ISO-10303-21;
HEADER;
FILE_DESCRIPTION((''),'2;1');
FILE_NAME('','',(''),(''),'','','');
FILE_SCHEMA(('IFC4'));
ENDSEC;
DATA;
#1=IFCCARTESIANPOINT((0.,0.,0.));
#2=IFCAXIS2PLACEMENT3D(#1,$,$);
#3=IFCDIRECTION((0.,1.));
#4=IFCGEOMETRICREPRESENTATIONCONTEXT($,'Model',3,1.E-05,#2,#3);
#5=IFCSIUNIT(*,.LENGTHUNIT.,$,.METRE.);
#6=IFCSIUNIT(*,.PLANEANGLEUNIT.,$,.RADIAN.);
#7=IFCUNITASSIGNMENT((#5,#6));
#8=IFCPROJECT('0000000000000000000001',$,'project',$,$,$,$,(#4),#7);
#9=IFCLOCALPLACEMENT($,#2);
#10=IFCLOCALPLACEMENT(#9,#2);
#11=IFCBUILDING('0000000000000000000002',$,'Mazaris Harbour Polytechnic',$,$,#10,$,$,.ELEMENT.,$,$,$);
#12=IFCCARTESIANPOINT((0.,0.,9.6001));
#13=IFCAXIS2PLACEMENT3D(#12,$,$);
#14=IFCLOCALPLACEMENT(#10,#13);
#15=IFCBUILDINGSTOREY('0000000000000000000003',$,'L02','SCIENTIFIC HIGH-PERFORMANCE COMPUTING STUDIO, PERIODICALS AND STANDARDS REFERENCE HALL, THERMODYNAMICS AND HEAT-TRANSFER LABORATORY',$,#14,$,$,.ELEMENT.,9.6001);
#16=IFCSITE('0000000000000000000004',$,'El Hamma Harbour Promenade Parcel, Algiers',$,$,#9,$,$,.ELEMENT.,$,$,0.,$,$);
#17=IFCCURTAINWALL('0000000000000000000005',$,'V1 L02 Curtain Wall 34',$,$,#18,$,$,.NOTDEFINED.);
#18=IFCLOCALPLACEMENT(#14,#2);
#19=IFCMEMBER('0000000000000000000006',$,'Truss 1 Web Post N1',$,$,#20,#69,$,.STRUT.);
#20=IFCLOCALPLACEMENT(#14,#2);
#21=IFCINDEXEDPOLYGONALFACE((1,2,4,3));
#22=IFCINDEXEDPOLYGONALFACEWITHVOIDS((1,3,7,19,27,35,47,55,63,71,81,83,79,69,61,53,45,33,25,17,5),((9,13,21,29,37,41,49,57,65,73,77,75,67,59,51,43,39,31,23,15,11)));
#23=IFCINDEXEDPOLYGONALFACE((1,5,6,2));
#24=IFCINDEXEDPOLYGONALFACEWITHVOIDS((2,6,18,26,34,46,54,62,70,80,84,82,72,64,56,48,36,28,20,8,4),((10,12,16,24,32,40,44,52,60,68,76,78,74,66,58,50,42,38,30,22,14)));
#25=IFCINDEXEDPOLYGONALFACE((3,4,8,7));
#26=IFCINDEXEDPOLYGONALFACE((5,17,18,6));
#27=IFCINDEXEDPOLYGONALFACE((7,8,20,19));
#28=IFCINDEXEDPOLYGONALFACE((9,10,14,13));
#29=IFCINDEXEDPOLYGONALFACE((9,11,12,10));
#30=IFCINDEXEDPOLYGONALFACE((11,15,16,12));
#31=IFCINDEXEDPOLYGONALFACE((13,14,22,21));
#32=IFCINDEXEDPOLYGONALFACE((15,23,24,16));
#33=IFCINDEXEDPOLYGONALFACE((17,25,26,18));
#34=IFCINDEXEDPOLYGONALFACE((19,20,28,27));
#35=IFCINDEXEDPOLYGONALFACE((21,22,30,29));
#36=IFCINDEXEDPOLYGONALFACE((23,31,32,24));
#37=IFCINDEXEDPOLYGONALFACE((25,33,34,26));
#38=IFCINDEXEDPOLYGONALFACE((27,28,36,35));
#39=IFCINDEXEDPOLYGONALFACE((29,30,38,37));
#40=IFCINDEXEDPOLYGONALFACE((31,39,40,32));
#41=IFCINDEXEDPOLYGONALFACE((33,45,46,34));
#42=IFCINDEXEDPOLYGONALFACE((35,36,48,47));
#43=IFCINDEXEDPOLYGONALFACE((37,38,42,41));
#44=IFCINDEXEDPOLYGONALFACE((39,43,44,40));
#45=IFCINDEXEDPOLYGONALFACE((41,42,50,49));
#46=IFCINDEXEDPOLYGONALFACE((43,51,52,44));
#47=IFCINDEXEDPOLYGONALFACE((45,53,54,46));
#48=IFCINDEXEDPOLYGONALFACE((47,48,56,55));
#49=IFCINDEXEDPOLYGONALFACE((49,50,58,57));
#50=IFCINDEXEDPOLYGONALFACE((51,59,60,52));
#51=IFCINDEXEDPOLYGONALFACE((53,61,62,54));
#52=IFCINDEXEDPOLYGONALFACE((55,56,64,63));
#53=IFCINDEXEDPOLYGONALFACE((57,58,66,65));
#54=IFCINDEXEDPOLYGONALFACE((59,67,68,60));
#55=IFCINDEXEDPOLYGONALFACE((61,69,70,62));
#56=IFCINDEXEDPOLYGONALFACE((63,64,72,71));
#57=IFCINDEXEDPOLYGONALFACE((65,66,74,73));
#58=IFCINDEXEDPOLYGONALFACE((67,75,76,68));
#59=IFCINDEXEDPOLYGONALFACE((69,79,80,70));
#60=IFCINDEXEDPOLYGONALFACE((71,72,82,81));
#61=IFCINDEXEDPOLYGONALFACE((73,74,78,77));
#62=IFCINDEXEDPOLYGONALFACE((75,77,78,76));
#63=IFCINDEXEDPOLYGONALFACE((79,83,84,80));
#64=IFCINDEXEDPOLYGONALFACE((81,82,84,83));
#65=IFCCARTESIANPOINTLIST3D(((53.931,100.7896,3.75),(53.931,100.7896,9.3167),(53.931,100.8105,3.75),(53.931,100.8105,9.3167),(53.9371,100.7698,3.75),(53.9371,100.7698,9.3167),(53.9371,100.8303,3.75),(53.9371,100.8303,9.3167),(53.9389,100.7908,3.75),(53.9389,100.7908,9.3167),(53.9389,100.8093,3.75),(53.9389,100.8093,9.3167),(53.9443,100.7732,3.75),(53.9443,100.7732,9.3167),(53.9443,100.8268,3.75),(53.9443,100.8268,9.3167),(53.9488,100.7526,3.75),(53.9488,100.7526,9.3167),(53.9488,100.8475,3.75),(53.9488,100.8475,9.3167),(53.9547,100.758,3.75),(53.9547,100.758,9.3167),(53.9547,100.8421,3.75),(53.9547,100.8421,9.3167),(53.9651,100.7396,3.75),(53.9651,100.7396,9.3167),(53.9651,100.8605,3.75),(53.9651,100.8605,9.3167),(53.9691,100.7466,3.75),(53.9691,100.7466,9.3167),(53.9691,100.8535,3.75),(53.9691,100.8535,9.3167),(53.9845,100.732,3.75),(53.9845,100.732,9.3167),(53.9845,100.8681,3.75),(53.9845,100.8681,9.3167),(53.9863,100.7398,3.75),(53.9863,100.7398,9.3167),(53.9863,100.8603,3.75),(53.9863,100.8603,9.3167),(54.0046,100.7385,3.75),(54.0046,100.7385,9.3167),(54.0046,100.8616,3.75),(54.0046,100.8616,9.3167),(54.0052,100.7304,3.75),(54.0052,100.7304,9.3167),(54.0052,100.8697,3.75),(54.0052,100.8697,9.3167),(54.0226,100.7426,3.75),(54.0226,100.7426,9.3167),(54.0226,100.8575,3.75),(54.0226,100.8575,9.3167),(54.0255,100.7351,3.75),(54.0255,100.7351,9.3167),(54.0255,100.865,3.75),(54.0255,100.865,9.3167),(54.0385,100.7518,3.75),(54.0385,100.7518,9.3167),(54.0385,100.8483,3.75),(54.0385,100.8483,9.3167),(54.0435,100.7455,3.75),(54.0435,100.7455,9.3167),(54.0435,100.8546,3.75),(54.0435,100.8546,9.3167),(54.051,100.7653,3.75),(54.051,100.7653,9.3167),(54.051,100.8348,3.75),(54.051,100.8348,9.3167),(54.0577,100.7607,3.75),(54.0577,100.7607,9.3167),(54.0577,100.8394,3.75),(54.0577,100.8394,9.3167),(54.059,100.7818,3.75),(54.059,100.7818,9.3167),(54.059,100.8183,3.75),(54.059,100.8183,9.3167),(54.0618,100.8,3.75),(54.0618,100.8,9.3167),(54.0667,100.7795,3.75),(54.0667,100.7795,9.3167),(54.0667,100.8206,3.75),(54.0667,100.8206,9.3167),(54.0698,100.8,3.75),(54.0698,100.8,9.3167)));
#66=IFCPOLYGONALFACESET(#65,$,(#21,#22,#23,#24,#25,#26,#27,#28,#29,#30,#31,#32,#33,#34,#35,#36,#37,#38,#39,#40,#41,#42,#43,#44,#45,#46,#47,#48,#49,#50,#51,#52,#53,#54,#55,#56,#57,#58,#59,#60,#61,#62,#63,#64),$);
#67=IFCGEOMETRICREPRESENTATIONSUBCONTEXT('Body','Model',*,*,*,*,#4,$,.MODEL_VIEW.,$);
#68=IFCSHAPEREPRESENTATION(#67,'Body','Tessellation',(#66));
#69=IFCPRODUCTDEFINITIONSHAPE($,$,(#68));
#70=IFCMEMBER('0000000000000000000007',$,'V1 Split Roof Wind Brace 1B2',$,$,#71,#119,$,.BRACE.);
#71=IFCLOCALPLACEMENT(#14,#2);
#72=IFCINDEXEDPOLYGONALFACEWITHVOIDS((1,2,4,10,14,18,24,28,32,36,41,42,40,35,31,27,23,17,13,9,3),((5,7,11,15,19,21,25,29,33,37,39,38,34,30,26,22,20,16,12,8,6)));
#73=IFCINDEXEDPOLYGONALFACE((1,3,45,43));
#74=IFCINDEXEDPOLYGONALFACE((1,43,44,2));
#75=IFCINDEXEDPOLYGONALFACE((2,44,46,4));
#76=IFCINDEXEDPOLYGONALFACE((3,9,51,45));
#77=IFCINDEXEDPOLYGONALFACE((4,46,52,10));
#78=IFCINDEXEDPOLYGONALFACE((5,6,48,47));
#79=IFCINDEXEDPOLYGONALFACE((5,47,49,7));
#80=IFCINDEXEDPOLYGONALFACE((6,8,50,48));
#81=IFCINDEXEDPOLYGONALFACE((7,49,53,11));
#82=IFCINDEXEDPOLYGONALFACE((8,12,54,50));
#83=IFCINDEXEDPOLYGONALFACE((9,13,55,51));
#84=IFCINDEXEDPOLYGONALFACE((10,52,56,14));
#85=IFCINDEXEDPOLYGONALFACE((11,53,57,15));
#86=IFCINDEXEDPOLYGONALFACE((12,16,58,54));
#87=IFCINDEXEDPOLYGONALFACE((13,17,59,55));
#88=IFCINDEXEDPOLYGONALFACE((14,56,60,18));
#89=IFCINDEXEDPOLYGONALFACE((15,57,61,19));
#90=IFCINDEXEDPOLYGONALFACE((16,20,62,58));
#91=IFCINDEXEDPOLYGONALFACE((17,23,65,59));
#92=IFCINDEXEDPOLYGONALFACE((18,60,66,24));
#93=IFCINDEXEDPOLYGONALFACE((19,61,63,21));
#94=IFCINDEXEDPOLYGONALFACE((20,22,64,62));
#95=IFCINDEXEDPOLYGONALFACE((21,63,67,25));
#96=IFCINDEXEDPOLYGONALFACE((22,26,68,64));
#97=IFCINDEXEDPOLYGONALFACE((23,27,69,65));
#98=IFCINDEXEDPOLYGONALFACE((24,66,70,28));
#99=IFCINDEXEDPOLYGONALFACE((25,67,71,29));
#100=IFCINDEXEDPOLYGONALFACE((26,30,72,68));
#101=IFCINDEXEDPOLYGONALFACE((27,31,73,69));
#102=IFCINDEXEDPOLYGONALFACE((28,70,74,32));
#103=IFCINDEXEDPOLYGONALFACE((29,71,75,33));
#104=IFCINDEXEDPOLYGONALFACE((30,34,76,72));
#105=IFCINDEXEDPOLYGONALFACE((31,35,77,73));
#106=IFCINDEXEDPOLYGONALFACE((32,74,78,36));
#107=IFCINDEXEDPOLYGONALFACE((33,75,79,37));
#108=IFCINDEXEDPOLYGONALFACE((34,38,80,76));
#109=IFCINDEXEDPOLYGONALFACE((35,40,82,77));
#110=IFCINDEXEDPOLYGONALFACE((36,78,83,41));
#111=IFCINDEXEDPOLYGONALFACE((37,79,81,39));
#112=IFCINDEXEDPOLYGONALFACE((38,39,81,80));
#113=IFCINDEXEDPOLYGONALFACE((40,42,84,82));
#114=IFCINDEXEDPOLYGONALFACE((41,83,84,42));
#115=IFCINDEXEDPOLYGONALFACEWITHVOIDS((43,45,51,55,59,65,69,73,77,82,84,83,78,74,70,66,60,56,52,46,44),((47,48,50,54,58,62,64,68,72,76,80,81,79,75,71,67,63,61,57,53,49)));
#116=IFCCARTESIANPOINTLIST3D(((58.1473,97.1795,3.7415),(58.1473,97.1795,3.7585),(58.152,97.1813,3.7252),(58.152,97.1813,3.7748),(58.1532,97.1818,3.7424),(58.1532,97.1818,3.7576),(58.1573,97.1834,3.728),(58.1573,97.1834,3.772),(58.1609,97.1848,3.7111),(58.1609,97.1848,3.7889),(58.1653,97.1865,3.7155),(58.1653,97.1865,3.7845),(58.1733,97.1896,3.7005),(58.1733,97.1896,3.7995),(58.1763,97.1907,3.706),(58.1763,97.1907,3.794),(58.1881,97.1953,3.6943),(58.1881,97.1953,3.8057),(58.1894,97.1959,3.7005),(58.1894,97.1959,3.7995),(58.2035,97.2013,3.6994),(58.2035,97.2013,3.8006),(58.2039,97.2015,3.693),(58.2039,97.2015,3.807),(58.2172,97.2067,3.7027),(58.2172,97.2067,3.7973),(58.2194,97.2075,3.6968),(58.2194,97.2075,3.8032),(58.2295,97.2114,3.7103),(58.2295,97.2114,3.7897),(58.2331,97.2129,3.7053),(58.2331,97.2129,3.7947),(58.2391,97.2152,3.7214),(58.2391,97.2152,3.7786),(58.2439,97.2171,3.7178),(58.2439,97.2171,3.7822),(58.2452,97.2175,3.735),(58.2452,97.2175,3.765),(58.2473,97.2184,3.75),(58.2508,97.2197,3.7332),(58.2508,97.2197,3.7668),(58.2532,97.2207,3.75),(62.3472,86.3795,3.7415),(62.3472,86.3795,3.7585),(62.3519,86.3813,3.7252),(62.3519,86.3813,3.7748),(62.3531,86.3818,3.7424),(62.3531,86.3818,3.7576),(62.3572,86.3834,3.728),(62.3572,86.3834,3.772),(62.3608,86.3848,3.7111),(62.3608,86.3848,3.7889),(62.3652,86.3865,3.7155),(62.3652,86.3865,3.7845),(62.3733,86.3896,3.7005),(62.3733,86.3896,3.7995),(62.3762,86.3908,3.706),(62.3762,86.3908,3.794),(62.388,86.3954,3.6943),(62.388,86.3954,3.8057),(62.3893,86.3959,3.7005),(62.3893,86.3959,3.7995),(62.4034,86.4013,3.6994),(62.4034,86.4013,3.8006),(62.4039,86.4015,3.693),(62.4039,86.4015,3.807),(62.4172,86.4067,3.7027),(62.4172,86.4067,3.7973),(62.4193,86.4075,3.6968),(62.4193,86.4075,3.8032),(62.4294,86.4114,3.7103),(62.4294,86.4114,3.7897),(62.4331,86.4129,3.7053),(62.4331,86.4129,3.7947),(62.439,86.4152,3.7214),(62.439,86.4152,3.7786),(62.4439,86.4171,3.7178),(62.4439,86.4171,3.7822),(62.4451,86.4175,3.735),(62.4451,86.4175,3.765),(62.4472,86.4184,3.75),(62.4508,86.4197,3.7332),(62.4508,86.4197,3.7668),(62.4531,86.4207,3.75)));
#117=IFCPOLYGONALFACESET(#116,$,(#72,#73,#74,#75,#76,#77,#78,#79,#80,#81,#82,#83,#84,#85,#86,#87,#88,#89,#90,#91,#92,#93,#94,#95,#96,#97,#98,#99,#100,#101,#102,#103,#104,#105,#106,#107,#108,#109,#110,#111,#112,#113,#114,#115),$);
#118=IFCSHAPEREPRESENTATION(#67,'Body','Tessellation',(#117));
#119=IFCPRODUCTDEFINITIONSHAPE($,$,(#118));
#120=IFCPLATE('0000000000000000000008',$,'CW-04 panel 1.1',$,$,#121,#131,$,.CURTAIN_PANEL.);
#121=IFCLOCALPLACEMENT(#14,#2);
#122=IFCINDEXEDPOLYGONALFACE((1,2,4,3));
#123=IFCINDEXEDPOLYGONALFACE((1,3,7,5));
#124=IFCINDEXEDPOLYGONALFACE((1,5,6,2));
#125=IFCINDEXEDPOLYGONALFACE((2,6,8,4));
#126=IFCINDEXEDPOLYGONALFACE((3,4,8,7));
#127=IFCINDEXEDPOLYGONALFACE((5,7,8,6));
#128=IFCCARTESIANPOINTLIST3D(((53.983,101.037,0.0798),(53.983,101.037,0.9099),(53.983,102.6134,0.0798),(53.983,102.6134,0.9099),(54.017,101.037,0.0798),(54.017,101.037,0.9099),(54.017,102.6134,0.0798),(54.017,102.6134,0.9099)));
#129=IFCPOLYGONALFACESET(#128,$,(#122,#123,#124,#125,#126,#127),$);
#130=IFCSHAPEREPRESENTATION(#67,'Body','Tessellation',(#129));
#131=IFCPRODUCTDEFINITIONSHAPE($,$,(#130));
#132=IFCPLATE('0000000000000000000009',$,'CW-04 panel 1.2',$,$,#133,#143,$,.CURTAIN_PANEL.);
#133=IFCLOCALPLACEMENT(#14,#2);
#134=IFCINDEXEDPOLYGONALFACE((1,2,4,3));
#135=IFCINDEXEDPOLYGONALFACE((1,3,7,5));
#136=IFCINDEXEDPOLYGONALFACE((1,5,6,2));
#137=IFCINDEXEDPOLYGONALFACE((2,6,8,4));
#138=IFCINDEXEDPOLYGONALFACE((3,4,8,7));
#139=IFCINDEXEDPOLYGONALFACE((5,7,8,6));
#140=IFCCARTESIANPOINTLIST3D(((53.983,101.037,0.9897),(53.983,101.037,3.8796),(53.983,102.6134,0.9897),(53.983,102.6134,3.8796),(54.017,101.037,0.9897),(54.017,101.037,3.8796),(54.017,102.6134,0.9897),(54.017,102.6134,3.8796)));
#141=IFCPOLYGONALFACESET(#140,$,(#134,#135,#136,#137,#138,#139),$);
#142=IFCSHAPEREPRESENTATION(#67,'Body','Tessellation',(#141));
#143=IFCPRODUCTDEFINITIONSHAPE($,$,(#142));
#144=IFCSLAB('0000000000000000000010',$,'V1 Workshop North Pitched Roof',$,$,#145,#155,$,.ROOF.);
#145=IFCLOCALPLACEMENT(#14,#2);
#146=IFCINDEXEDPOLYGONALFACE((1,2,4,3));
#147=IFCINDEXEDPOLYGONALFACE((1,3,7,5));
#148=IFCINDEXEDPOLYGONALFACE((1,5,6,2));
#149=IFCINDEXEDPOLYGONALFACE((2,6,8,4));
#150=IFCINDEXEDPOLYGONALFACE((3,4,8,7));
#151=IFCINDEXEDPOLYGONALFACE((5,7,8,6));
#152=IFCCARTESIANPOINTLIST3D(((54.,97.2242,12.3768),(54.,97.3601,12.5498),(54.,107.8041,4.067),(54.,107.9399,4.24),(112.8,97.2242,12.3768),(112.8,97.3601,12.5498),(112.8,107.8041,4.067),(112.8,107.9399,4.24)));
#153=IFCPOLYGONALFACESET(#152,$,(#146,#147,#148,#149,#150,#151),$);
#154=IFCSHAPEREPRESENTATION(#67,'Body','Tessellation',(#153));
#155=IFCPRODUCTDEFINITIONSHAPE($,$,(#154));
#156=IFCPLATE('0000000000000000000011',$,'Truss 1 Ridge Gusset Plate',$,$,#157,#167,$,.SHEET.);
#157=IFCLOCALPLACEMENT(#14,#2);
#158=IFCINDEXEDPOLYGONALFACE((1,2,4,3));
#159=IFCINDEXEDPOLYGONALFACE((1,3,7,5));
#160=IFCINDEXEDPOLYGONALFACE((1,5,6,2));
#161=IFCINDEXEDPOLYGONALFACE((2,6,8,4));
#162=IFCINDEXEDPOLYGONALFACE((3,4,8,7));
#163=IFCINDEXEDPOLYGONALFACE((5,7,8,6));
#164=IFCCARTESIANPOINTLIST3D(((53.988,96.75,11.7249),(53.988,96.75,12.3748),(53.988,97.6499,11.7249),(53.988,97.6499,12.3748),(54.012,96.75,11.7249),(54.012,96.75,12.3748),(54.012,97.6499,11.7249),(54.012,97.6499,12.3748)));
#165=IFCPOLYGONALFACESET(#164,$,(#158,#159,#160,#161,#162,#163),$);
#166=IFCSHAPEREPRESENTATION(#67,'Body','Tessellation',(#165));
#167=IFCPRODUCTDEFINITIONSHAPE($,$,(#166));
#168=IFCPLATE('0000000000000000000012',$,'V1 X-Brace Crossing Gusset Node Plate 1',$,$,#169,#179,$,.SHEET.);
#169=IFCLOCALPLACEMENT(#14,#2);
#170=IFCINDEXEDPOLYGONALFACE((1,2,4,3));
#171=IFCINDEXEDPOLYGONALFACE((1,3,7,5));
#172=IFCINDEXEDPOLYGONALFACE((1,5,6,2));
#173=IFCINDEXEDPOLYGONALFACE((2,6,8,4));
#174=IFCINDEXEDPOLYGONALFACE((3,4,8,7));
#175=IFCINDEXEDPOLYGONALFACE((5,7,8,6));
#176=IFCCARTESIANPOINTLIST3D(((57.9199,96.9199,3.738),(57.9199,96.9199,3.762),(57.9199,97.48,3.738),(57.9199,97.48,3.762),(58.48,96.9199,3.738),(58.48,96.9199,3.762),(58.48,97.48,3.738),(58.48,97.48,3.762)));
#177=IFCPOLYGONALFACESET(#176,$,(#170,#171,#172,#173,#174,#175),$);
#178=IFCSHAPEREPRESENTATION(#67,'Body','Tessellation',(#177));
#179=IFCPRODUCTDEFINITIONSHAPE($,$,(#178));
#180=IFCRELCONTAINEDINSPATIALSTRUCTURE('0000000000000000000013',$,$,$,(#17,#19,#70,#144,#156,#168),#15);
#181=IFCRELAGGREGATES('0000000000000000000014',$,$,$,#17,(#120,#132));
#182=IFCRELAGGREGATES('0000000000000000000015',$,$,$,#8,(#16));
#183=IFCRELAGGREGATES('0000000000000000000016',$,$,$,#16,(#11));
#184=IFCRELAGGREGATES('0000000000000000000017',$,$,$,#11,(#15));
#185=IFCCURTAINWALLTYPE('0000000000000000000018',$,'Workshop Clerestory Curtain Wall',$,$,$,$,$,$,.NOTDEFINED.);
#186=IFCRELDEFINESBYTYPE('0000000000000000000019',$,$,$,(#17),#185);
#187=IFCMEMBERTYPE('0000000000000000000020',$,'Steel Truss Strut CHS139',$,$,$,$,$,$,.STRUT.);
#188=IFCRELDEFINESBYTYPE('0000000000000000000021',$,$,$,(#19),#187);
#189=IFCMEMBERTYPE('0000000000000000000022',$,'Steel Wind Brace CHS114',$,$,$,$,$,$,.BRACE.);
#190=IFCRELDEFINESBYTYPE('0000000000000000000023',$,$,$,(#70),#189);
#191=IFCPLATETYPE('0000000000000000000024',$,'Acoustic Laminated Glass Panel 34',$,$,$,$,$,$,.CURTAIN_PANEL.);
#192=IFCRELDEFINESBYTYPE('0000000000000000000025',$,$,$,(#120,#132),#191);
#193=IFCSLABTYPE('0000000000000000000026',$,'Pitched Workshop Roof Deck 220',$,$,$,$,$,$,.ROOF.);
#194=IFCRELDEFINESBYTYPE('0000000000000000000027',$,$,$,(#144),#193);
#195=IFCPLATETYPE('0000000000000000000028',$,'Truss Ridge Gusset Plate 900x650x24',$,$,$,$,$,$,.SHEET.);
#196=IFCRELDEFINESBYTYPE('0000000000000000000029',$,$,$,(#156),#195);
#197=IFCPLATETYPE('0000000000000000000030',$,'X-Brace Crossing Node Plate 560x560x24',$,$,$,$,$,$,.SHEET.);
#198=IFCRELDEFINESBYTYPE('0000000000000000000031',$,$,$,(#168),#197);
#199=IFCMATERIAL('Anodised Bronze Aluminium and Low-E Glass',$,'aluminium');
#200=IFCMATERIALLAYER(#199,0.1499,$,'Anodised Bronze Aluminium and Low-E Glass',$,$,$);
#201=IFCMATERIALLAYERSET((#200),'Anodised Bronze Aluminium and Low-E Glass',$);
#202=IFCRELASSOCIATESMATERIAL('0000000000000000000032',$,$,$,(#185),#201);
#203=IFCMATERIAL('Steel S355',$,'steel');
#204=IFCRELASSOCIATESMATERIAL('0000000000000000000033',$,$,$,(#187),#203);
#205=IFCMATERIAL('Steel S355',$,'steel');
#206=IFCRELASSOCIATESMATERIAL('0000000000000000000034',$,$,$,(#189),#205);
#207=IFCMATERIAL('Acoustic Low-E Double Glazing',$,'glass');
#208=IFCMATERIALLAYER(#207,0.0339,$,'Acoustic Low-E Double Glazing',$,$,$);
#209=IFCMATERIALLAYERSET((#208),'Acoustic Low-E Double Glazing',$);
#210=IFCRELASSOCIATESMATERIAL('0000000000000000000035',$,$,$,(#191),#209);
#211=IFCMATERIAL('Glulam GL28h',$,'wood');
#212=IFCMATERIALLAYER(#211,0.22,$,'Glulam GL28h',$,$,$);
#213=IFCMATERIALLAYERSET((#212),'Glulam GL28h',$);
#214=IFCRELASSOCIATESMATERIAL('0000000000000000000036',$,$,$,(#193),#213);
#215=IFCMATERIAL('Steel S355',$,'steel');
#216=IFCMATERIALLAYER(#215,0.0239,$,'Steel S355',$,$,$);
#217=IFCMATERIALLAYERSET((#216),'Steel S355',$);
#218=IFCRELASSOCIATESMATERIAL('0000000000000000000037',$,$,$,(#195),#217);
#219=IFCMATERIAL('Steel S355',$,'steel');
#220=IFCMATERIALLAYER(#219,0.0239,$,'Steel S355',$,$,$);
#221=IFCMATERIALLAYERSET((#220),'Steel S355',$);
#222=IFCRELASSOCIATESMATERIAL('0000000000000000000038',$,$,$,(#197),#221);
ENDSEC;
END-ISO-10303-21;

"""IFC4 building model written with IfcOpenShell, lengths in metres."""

from ifc_helpers import new_model, si_unit, direction, frame, origin, origin_2d, place, context, subcontext, project, spatial, polyline, rectangle, hollow_circle, outline, extrude, material, layer, layer_set, material_profile, profile_set, type_object, element, aggregate, save


model = new_model("IFC4")

# Units and contexts
model_context = context("Model", 3, precision=1e-05, world=origin(), true_north=direction((0.0, 1.0)))
body_context = subcontext(model_context, "Body", "Model", "MODEL_VIEW")
ifc_project = project(units=[si_unit("LENGTHUNIT", "METRE"), si_unit("PLANEANGLEUNIT", "RADIAN")], contexts=[model_context])

# Site, building, storey
site_placement = place(None, origin())
site = spatial("IfcSite", under=ifc_project, at=site_placement, Name="El Hamma Harbour Promenade Parcel, Algiers", CompositionType="ELEMENT", RefElevation=0.0)
building_placement = place(site_placement, origin())
building = spatial("IfcBuilding", under=site, at=building_placement, Name="Mazaris Harbour Polytechnic", CompositionType="ELEMENT")
storey_placement = place(building_placement, frame((0.0, 0.0, 9.6001)))
storey = spatial("IfcBuildingStorey", under=building, at=storey_placement, Name="L02", Description="SCIENTIFIC HIGH-PERFORMANCE COMPUTING STUDIO, PERIODICALS AND STANDARDS REFERENCE HALL, THERMODYNAMICS AND HEAT-TRANSFER LABORATORY", CompositionType="ELEMENT", Elevation=9.6001)

# Curtain wall
ifc_material_1 = material(Name="Anodised Bronze Aluminium and Low-E Glass", Category="aluminium")
ifc_layer_1 = layer(ifc_material_1, 0.1499, Name="Anodised Bronze Aluminium and Low-E Glass")
ifc_layer_set_1 = layer_set([ifc_layer_1], Name="Anodised Bronze Aluminium and Low-E Glass")
curtain_wall_type = type_object("IfcCurtainWallType", Name="Workshop Clerestory Curtain Wall", PredefinedType="NOTDEFINED", material=ifc_layer_set_1)
curtain_wall_placement = place(storey_placement, origin())
curtain_wall = element("IfcCurtainWall", 1, at=curtain_wall_placement, inside=storey, type_object=curtain_wall_type, Name="V1 L02 Curtain Wall 34", PredefinedType="NOTDEFINED")

# Members
ifc_material_2 = material(Name="Steel S355", Category="steel")
ifc_material_profile_1 = material_profile(ifc_material_2, hollow_circle(Radius=0.0698, WallThickness=0.0081, at=origin_2d()), Name="CHS 139.7x8.0")
ifc_profile_set_1 = profile_set([ifc_material_profile_1], Name="Steel S355")
member_type_1 = type_object("IfcMemberType", Name="Steel Truss Strut CHS139", PredefinedType="STRUT", material=ifc_profile_set_1)
member_1_placement = place(storey_placement, frame((54.0, 100.8, 3.75), z_axis=(0.0, 0.0, 1.0), x_axis=(1.0, 0.0, 0.0)))
element("IfcMember", 2, at=member_1_placement, inside=storey, type_object=member_type_1, Name="Truss 1 Web Post N1", PredefinedType="STRUT", context=body_context, shape_type="SweptSolid", body=[
    extrude(hollow_circle(Radius=0.0698, WallThickness=0.0081, at=origin_2d()), origin(), (0.0, 0.0, 1.0), 5.5667),
])
ifc_material_3 = material(Name="Steel S355", Category="steel")
ifc_material_profile_2 = material_profile(ifc_material_3, hollow_circle(Radius=0.0571, WallThickness=0.0063, at=origin_2d()), Name="CHS 114.3x6.3")
ifc_profile_set_2 = profile_set([ifc_material_profile_2], Name="Steel S355")
member_type_2 = type_object("IfcMemberType", Name="Steel Wind Brace CHS114", PredefinedType="BRACE", material=ifc_profile_set_2)
member_2_placement = place(storey_placement, frame((58.2, 97.2, 3.75), z_axis=(0.362441, -0.932007, 0.0), x_axis=(0.932007, 0.362441, 0.0)))
element("IfcMember", 3, at=member_2_placement, inside=storey, type_object=member_type_2, Name="V1 Split Roof Wind Brace 1B2", PredefinedType="BRACE", context=body_context, shape_type="SweptSolid", body=[
    extrude(hollow_circle(Radius=0.0571, WallThickness=0.0063, at=origin_2d()), origin(), (0.0, 0.0, 1.0), 11.5879),
])

# Plates
ifc_material_4 = material(Name="Acoustic Low-E Double Glazing", Category="glass")
ifc_layer_2 = layer(ifc_material_4, 0.0339, Name="Acoustic Low-E Double Glazing")
ifc_layer_set_2 = layer_set([ifc_layer_2], Name="Acoustic Low-E Double Glazing")
plate_type_1 = type_object("IfcPlateType", Name="Acoustic Laminated Glass Panel 34", PredefinedType="CURTAIN_PANEL", material=ifc_layer_set_2)
plate_1_placement = place(storey_placement, frame((54.0, 101.8252, 0.0798), z_axis=(0.0, 0.0, 1.0), x_axis=(0.0, 1.0, 0.0)))
plate_1 = element("IfcPlate", 4, at=plate_1_placement, type_object=plate_type_1, Name="CW-04 panel 1.1", PredefinedType="CURTAIN_PANEL", context=body_context, shape_type="SweptSolid", body=[
    extrude(rectangle(XDim=1.5764, YDim=0.0339, at=origin_2d()), origin(), (0.0, 0.0, 1.0), 0.8301),
])
plate_2_placement = place(storey_placement, frame((54.0, 101.8252, 0.9897), z_axis=(0.0, 0.0, 1.0), x_axis=(0.0, 1.0, 0.0)))
plate_2 = element("IfcPlate", 5, at=plate_2_placement, type_object=plate_type_1, Name="CW-04 panel 1.2", PredefinedType="CURTAIN_PANEL", context=body_context, shape_type="SweptSolid", body=[
    extrude(rectangle(XDim=1.5764, YDim=0.0339, at=origin_2d()), origin(), (0.0, 0.0, 1.0), 2.8899),
])
aggregate(curtain_wall, [plate_1, plate_2])

# Slab
ifc_material_5 = material(Name="Glulam GL28h", Category="wood")
ifc_layer_3 = layer(ifc_material_5, 0.22, Name="Glulam GL28h")
ifc_layer_set_3 = layer_set([ifc_layer_3], Name="Glulam GL28h")
slab_type = type_object("IfcSlabType", Name="Pitched Workshop Roof Deck 220", PredefinedType="ROOF", material=ifc_layer_set_3)
slab_placement = place(storey_placement, frame((54.0, 97.3601, 12.5498), z_axis=(0.0, 0.617688, 0.786423), x_axis=(1.0, 0.0, 0.0)))
element("IfcSlab", 6, at=slab_placement, inside=storey, type_object=slab_type, Name="V1 Workshop North Pitched Roof", PredefinedType="ROOF", context=body_context, shape_type="SweptSolid", body=[
    extrude(outline(polyline([(0.0, 0.0), (58.8, 0.0), (58.8, 13.4531), (0.0, 13.4531), (0.0, 0.0)])), origin(), (0.0, 0.0, -1.0), 0.22),
])

# Plates
ifc_material_6 = material(Name="Steel S355", Category="steel")
ifc_layer_4 = layer(ifc_material_6, 0.0239, Name="Steel S355")
ifc_layer_set_4 = layer_set([ifc_layer_4], Name="Steel S355")
plate_type_2 = type_object("IfcPlateType", Name="Truss Ridge Gusset Plate 900x650x24", PredefinedType="SHEET", material=ifc_layer_set_4)
plate_3_placement = place(storey_placement, frame((54.0, 97.2, 11.7249), z_axis=(0.0, 0.0, 1.0), x_axis=(0.0, 1.0, 0.0)))
element("IfcPlate", 7, at=plate_3_placement, inside=storey, type_object=plate_type_2, Name="Truss 1 Ridge Gusset Plate", PredefinedType="SHEET", context=body_context, shape_type="SweptSolid", body=[
    extrude(rectangle(XDim=0.8999, YDim=0.0239, at=origin_2d()), origin(), (0.0, 0.0, 1.0), 0.6499),
])
ifc_material_7 = material(Name="Steel S355", Category="steel")
ifc_layer_5 = layer(ifc_material_7, 0.0239, Name="Steel S355")
ifc_layer_set_5 = layer_set([ifc_layer_5], Name="Steel S355")
plate_type_3 = type_object("IfcPlateType", Name="X-Brace Crossing Node Plate 560x560x24", PredefinedType="SHEET", material=ifc_layer_set_5)
plate_4_placement = place(storey_placement, frame((58.2, 97.2, 3.738), z_axis=(0.0, 0.0, 1.0), x_axis=(1.0, 0.0, 0.0)))
element("IfcPlate", 8, at=plate_4_placement, inside=storey, type_object=plate_type_3, Name="V1 X-Brace Crossing Gusset Node Plate 1", PredefinedType="SHEET", context=body_context, shape_type="SweptSolid", body=[
    extrude(rectangle(XDim=0.5601, YDim=0.5601, at=origin_2d()), origin(), (0.0, 0.0, 1.0), 0.0239),
])

save(model, "model.ifc")
